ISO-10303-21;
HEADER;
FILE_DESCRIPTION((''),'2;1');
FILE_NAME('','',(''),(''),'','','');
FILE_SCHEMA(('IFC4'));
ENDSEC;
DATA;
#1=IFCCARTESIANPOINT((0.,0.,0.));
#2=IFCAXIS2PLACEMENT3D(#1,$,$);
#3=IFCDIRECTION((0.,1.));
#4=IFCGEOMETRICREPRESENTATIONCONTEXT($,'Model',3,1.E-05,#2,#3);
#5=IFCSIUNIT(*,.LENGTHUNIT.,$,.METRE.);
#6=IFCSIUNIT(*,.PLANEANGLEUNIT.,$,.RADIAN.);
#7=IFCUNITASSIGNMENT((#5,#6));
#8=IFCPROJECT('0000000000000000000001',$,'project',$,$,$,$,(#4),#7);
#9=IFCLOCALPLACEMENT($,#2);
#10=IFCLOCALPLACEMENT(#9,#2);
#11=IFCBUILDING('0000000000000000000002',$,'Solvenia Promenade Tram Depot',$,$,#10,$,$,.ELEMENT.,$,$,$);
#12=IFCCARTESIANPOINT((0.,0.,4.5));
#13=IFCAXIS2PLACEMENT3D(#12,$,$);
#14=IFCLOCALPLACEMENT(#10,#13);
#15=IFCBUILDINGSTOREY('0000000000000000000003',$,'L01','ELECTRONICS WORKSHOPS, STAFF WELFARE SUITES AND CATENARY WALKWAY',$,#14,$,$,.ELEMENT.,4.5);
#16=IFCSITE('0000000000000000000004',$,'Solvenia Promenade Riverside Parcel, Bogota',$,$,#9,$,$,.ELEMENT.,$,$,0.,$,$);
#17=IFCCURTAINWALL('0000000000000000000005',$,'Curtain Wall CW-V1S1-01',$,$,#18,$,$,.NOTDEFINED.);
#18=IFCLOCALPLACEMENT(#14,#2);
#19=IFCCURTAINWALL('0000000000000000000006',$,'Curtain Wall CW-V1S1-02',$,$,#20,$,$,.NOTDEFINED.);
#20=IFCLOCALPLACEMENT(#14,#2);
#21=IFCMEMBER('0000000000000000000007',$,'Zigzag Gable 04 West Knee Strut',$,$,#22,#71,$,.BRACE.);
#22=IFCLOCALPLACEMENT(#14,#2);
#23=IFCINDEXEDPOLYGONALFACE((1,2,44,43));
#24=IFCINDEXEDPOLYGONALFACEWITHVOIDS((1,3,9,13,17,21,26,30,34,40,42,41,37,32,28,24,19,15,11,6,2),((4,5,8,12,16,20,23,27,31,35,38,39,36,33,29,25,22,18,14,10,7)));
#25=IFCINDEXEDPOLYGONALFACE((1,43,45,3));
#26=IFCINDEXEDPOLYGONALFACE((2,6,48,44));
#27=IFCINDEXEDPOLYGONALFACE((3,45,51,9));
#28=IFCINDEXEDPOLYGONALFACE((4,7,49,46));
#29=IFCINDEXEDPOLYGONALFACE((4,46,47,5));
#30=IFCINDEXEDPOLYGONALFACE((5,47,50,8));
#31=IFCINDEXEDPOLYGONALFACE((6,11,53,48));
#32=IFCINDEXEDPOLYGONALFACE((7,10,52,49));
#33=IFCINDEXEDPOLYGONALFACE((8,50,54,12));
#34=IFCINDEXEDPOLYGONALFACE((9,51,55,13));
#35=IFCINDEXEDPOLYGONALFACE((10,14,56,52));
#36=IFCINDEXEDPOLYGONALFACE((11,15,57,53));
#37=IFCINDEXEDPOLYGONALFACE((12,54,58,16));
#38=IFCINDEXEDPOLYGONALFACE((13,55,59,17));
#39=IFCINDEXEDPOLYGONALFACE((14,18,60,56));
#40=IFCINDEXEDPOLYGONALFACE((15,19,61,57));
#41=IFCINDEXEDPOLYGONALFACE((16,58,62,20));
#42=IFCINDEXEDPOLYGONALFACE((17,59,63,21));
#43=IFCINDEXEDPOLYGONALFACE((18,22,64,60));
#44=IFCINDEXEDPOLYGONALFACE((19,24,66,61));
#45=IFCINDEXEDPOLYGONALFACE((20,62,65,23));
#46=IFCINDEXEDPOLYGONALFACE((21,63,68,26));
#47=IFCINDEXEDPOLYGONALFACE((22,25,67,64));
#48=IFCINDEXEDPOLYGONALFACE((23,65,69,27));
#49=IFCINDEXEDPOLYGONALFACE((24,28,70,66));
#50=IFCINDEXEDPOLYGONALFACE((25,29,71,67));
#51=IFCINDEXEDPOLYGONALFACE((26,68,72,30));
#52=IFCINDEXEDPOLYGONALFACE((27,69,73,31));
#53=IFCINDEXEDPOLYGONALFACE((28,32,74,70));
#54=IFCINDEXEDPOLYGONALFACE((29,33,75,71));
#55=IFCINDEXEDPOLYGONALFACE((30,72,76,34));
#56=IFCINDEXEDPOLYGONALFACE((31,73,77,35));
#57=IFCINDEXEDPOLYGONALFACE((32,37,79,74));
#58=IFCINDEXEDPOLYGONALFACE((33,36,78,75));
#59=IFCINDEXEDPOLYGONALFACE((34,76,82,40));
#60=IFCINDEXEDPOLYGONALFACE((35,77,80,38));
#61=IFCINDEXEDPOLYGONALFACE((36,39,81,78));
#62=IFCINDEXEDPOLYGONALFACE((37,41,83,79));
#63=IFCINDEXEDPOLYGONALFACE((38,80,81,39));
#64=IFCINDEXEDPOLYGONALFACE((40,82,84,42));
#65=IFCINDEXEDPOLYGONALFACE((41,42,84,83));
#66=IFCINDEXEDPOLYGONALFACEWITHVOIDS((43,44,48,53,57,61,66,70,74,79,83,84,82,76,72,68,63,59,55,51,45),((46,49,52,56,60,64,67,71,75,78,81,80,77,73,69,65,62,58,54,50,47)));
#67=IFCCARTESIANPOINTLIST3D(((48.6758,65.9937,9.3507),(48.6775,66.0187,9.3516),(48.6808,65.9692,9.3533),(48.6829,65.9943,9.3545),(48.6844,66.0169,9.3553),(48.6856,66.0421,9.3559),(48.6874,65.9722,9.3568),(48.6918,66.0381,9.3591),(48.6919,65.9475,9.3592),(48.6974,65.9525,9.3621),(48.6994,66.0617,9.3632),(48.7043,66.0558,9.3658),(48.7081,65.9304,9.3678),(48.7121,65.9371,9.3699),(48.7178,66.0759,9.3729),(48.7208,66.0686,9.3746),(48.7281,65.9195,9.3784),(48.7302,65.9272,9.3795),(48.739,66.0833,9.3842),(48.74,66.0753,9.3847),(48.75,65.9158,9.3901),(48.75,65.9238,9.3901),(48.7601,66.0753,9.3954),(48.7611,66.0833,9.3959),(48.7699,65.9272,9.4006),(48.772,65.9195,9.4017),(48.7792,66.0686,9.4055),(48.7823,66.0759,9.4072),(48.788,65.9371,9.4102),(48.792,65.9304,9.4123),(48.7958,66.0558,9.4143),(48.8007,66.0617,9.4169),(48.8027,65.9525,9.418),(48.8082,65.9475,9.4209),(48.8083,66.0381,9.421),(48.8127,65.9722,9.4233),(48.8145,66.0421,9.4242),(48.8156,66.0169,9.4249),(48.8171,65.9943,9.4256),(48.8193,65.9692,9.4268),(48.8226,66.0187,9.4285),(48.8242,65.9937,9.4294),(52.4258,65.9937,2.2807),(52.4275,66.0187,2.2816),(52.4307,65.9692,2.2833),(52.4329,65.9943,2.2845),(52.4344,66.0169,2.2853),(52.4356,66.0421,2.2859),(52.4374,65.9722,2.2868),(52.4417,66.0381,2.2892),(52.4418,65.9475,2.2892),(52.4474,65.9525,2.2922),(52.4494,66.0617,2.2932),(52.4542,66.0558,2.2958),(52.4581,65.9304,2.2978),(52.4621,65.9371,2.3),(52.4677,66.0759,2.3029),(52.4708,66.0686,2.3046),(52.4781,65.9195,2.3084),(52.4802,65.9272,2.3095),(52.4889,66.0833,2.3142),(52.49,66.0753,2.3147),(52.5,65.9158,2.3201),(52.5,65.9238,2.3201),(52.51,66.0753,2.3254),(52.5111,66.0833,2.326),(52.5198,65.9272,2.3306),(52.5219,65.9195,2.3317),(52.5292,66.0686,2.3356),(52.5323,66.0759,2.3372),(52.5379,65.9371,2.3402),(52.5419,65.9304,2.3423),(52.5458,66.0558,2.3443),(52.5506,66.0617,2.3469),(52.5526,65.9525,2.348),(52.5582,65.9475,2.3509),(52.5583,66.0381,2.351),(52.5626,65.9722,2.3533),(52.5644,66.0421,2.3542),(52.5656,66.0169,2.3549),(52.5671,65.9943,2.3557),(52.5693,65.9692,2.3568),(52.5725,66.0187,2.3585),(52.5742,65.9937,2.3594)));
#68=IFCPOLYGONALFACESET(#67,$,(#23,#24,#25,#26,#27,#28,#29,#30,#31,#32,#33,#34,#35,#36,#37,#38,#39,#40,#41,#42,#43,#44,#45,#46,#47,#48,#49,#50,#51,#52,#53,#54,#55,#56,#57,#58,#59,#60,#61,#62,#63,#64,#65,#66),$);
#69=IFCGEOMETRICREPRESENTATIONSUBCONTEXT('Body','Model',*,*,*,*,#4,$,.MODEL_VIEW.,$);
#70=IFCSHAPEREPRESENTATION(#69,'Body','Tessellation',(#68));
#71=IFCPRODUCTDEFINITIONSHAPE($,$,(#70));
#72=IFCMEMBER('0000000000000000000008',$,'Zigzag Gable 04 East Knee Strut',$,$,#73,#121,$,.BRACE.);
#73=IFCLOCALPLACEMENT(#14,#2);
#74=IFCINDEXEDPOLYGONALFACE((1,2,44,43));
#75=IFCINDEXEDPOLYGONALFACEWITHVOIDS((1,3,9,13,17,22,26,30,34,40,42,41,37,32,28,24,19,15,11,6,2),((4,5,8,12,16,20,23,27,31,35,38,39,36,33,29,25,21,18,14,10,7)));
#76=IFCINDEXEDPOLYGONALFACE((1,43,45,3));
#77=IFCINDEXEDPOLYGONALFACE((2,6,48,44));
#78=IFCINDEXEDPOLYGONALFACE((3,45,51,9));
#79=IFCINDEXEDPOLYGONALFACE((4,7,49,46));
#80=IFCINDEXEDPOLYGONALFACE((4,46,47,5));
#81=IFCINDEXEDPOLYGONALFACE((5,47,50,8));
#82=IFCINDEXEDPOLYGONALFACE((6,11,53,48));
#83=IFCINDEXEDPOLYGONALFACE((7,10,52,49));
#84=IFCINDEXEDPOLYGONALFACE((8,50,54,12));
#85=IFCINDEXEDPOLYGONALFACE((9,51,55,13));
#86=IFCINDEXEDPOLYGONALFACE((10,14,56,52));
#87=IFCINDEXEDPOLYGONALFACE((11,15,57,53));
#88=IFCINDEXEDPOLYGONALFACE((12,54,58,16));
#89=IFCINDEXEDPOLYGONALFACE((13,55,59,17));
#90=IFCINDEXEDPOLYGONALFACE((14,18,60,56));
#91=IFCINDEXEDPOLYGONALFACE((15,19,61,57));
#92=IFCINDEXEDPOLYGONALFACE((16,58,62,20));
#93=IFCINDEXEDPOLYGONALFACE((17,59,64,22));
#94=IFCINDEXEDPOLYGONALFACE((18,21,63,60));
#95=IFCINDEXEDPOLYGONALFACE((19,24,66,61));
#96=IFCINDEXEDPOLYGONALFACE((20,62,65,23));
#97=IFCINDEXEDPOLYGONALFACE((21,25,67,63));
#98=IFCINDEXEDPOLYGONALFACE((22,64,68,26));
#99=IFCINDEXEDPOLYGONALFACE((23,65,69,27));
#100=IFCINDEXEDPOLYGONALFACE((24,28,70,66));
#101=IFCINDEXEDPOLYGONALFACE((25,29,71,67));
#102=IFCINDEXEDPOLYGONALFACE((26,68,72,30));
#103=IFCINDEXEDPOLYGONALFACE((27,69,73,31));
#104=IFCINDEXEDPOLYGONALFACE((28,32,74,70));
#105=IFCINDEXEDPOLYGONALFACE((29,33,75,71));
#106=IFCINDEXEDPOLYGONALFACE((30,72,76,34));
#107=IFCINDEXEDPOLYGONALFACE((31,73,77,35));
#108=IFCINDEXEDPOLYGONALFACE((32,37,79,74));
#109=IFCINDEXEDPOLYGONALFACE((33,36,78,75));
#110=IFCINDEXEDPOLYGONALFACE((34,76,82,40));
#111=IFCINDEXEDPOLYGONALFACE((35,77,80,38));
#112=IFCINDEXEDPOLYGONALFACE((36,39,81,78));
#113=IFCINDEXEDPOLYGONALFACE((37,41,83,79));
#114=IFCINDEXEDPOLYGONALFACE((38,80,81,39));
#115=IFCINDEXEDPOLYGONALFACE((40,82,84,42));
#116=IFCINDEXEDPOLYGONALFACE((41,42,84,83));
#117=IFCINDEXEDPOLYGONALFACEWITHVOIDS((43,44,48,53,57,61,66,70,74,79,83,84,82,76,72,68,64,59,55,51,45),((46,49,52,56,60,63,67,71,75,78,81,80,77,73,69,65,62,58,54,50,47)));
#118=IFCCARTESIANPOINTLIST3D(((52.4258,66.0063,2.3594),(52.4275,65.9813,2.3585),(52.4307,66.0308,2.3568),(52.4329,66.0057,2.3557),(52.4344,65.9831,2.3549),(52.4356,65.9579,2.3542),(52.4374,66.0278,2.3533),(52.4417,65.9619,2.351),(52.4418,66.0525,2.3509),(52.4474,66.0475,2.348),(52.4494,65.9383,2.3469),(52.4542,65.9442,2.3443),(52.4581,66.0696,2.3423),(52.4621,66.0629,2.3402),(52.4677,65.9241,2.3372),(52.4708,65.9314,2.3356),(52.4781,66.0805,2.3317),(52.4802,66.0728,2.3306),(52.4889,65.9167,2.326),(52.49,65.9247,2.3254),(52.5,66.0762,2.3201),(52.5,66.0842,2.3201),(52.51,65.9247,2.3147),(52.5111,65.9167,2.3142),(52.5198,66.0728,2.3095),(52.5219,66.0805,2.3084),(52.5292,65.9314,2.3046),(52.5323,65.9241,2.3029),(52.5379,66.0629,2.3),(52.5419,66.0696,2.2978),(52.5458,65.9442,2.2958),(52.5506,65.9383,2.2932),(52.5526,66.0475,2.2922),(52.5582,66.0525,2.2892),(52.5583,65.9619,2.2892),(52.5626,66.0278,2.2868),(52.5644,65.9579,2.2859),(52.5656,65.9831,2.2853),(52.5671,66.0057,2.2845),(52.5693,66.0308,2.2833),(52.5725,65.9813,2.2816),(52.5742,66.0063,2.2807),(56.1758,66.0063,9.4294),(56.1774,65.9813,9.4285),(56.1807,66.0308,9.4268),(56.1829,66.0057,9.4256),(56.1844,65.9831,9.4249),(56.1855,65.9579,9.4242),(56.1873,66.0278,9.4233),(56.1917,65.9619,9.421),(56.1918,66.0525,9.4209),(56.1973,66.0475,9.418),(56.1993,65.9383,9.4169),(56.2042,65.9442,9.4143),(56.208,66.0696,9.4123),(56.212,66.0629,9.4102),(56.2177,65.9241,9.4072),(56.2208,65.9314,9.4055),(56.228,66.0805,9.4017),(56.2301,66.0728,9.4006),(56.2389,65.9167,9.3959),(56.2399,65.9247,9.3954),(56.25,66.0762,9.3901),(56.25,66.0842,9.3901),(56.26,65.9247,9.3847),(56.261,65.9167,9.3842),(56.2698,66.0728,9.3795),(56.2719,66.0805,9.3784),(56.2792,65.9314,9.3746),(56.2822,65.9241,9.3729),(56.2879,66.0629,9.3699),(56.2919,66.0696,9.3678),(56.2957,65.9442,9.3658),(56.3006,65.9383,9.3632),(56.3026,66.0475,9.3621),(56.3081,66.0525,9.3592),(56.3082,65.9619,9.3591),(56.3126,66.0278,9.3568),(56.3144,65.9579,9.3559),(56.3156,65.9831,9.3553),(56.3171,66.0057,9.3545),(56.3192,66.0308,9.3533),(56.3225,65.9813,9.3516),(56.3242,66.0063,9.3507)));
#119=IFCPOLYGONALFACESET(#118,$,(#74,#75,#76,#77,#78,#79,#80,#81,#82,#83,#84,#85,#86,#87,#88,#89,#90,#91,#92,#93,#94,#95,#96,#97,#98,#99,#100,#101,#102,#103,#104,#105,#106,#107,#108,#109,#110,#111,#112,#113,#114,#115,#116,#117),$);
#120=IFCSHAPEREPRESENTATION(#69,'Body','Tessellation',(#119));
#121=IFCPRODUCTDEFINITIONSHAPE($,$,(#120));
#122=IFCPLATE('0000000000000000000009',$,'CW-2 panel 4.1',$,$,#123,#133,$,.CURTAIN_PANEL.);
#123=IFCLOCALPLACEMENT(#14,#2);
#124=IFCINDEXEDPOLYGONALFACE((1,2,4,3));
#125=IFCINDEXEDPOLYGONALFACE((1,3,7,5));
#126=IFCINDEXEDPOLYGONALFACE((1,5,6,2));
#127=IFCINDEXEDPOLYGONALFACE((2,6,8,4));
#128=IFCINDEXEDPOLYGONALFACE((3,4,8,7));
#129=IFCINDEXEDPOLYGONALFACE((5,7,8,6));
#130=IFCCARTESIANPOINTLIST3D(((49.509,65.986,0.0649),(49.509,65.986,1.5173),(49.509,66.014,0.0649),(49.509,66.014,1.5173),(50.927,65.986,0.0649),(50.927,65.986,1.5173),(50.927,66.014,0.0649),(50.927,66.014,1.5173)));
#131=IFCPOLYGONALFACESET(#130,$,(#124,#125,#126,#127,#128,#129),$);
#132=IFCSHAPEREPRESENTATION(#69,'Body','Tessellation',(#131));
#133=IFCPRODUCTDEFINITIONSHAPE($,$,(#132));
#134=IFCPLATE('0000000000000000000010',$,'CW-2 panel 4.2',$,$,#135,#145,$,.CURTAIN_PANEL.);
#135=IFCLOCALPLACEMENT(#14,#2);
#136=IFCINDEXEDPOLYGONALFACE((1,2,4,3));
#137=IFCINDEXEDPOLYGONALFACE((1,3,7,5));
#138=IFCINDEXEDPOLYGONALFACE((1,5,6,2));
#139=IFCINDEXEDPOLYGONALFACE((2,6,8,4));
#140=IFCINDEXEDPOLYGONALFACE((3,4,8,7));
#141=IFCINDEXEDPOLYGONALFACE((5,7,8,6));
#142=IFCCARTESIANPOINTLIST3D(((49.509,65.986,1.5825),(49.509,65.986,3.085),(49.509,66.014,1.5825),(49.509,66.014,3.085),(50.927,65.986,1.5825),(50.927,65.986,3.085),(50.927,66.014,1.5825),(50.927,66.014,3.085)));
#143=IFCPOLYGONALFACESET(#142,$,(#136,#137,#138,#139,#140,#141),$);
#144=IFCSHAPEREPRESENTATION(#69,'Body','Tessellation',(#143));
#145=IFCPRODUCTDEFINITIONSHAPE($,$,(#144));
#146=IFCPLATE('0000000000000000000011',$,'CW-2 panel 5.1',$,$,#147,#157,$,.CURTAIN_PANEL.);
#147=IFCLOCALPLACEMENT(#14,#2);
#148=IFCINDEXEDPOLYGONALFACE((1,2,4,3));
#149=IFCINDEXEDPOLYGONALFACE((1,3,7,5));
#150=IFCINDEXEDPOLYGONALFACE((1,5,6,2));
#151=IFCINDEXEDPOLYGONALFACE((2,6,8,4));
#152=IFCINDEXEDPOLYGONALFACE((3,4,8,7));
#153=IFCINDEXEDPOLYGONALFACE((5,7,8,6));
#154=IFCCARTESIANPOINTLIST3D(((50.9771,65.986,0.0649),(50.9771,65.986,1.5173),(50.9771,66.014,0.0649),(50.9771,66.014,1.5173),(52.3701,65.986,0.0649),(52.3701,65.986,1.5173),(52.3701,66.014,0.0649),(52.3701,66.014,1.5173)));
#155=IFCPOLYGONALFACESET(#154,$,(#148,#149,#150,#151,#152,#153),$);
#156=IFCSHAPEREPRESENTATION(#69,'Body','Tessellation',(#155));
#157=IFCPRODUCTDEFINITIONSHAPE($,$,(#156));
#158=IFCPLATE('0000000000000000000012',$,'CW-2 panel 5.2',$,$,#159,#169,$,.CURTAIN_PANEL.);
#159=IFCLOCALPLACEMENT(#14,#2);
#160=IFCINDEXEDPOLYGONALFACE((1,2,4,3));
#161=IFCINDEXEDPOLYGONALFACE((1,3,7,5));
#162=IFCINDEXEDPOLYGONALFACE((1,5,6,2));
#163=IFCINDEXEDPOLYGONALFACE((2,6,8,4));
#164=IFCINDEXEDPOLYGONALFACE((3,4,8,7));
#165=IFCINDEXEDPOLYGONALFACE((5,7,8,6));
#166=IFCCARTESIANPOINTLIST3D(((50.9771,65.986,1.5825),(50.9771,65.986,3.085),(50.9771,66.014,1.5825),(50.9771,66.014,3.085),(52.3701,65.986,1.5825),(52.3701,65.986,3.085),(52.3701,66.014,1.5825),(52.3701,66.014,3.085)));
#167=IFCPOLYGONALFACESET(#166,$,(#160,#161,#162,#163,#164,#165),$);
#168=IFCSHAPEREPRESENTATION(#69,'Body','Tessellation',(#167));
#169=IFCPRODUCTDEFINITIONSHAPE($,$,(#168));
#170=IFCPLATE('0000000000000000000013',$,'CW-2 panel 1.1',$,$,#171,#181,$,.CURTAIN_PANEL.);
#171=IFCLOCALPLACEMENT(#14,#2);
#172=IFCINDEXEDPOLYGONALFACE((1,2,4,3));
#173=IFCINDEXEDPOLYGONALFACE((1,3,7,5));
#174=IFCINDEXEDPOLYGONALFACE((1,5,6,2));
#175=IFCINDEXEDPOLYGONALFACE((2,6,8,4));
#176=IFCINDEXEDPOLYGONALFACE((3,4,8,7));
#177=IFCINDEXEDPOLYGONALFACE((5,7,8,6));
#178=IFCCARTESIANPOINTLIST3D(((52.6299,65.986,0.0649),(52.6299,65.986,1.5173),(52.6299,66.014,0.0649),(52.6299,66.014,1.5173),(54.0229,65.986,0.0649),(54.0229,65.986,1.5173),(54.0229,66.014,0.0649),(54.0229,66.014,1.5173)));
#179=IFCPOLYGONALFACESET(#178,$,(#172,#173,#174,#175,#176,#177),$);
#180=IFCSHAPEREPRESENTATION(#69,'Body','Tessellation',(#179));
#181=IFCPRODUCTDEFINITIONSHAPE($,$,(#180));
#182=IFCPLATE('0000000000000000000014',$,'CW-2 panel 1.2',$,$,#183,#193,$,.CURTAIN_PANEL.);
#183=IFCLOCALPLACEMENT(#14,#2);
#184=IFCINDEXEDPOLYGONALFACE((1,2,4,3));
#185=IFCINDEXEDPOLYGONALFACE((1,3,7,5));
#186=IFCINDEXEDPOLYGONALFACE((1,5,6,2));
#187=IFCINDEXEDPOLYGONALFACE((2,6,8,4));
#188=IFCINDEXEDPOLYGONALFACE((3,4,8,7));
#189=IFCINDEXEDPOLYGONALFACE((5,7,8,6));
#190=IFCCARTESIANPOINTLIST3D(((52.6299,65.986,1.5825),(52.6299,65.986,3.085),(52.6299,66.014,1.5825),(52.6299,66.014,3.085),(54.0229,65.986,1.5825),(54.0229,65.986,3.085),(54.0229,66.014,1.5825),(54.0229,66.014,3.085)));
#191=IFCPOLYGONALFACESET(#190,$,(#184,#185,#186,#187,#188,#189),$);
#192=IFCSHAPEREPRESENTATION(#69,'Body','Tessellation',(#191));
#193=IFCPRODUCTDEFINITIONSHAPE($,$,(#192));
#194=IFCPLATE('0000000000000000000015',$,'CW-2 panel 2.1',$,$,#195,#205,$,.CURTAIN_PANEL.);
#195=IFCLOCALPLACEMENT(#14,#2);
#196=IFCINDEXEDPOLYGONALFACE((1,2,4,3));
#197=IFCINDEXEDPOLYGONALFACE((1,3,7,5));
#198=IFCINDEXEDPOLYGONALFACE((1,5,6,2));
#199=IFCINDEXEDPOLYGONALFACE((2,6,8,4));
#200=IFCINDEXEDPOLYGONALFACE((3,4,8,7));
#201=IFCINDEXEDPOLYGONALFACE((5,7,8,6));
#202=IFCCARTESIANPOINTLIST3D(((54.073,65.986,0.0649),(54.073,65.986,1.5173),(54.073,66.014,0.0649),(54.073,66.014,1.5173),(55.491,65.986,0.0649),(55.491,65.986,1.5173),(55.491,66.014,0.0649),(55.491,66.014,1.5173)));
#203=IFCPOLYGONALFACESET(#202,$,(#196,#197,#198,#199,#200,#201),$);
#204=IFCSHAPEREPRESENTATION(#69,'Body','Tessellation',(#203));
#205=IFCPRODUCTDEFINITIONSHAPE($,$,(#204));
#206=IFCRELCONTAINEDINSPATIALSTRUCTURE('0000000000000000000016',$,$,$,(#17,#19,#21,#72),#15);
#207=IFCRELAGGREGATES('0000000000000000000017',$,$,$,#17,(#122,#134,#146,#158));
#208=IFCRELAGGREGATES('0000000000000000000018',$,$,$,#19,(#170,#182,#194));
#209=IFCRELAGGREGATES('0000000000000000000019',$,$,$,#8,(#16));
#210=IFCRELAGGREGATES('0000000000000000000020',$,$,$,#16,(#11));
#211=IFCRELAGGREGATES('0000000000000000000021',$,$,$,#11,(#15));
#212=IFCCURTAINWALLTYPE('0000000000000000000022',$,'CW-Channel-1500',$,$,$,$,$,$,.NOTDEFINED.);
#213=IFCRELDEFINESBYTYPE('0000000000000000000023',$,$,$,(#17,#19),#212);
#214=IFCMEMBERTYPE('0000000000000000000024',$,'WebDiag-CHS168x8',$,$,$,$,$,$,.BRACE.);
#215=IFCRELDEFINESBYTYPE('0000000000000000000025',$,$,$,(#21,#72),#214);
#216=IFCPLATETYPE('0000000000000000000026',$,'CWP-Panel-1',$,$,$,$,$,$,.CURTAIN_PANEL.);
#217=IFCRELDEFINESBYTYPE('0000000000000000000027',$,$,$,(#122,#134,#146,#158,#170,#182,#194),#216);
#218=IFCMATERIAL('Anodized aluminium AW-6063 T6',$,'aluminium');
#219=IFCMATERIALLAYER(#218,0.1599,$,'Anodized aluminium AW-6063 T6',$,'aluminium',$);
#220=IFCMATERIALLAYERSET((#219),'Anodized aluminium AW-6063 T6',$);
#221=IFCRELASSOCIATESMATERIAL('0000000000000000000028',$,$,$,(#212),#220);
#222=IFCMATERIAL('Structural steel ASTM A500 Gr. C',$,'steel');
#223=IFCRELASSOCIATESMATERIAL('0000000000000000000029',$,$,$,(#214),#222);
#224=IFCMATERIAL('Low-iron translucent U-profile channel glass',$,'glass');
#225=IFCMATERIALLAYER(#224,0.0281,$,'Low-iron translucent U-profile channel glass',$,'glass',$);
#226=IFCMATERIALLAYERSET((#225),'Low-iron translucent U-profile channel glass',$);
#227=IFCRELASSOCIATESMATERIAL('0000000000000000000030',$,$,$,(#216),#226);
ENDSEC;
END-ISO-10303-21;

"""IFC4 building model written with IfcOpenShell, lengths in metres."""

from ifc_helpers import new_model, si_unit, direction, frame, origin, origin_2d, place, context, subcontext, project, spatial, rectangle, hollow_circle, extrude, material, layer, layer_set, material_profile, profile_set, type_object, element, aggregate, save


model = new_model("IFC4")

# Units and contexts
model_context = context("Model", 3, precision=1e-05, world=origin(), true_north=direction((0.0, 1.0)))
body_context = subcontext(model_context, "Body", "Model", "MODEL_VIEW")
ifc_project = project(units=[si_unit("LENGTHUNIT", "METRE"), si_unit("PLANEANGLEUNIT", "RADIAN")], contexts=[model_context])

# Site, building, storey
site_placement = place(None, origin())
site = spatial("IfcSite", under=ifc_project, at=site_placement, Name="Solvenia Promenade Riverside Parcel, Bogota", CompositionType="ELEMENT", RefElevation=0.0)
building_placement = place(site_placement, origin())
building = spatial("IfcBuilding", under=site, at=building_placement, Name="Solvenia Promenade Tram Depot", CompositionType="ELEMENT")
storey_placement = place(building_placement, frame((0.0, 0.0, 4.5)))
storey = spatial("IfcBuildingStorey", under=building, at=storey_placement, Name="L01", Description="ELECTRONICS WORKSHOPS, STAFF WELFARE SUITES AND CATENARY WALKWAY", CompositionType="ELEMENT", Elevation=4.5)

# Shared definitions
ifc_material_1 = material(Name="Structural steel ASTM A500 Gr. C", Category="steel")

# Curtain walls
ifc_material_2 = material(Name="Anodized aluminium AW-6063 T6", Category="aluminium")
ifc_layer_1 = layer(ifc_material_2, 0.1599, Name="Anodized aluminium AW-6063 T6", Category="aluminium")
ifc_layer_set_1 = layer_set([ifc_layer_1], Name="Anodized aluminium AW-6063 T6")
curtain_wall_type = type_object("IfcCurtainWallType", Name="CW-Channel-1500", PredefinedType="NOTDEFINED", material=ifc_layer_set_1)
curtain_wall_1_placement = place(storey_placement, origin())
curtain_wall_1 = element("IfcCurtainWall", 1, at=curtain_wall_1_placement, inside=storey, type_object=curtain_wall_type, Name="Curtain Wall CW-V1S1-01", PredefinedType="NOTDEFINED")
curtain_wall_2_placement = place(storey_placement, origin())
curtain_wall_2 = element("IfcCurtainWall", 2, at=curtain_wall_2_placement, inside=storey, type_object=curtain_wall_type, Name="Curtain Wall CW-V1S1-02", PredefinedType="NOTDEFINED")

# Members
ifc_material_profile_1 = material_profile(ifc_material_1, hollow_circle(Radius=0.0842, WallThickness=0.0081, at=origin_2d()), Name="CHS168.3x8", Category="steel")
ifc_profile_set_1 = profile_set([ifc_material_profile_1], Name="Structural steel ASTM A500 Gr. C")
member_type_1 = type_object("IfcMemberType", Name="WebDiag-CHS168x8", PredefinedType="BRACE", material=ifc_profile_set_1)
for number, where, z_axis, x_axis, name in (
    (3, (52.5, 66.0, 2.3201), (-0.468573, 0.0, 0.883425), (0.0, -1.0, 0.0), "Zigzag Gable 04 West Knee Strut"),
    (4, (52.5, 66.0, 2.3201), (0.468573, 0.0, 0.883425), (0.0, 1.0, 0.0), "Zigzag Gable 04 East Knee Strut"),
):
    element("IfcMember", number, at=place(storey_placement, frame(where, z_axis=z_axis, x_axis=x_axis)), inside=storey, type_object=member_type_1, Name=name, PredefinedType="BRACE", context=body_context, shape_type="SweptSolid", body=[
        extrude(hollow_circle(Radius=0.0842, WallThickness=0.0081, at=origin_2d()), origin(), (0.0, 0.0, 1.0), 8.0029),
    ])

# Plates
ifc_material_3 = material(Name="Low-iron translucent U-profile channel glass", Category="glass")
ifc_layer_2 = layer(ifc_material_3, 0.0281, Name="Low-iron translucent U-profile channel glass", Category="glass")
ifc_layer_set_2 = layer_set([ifc_layer_2], Name="Low-iron translucent U-profile channel glass")
plate_type = type_object("IfcPlateType", Name="CWP-Panel-1", PredefinedType="CURTAIN_PANEL", material=ifc_layer_set_2)
plate_1_placement = place(storey_placement, frame((50.218, 66.0, 0.0649), z_axis=(0.0, 0.0, 1.0), x_axis=(1.0, 0.0, 0.0)))
plate_1 = element("IfcPlate", 5, at=plate_1_placement, type_object=plate_type, Name="CW-2 panel 4.1", PredefinedType="CURTAIN_PANEL", context=body_context, shape_type="SweptSolid", body=[
    extrude(rectangle(XDim=1.418, YDim=0.0281, at=origin_2d()), origin(), (0.0, 0.0, 1.0), 1.4524),
])
plate_2_placement = place(storey_placement, frame((50.218, 66.0, 1.5825), z_axis=(0.0, 0.0, 1.0), x_axis=(1.0, 0.0, 0.0)))
plate_2 = element("IfcPlate", 6, at=plate_2_placement, type_object=plate_type, Name="CW-2 panel 4.2", PredefinedType="CURTAIN_PANEL", context=body_context, shape_type="SweptSolid", body=[
    extrude(rectangle(XDim=1.418, YDim=0.0281, at=origin_2d()), origin(), (0.0, 0.0, 1.0), 1.5024),
])
plate_3_placement = place(storey_placement, frame((51.6736, 66.0, 0.0649), z_axis=(0.0, 0.0, 1.0), x_axis=(1.0, 0.0, 0.0)))
plate_3 = element("IfcPlate", 7, at=plate_3_placement, type_object=plate_type, Name="CW-2 panel 5.1", PredefinedType="CURTAIN_PANEL", context=body_context, shape_type="SweptSolid", body=[
    extrude(rectangle(XDim=1.3931, YDim=0.0281, at=origin_2d()), origin(), (0.0, 0.0, 1.0), 1.4524),
])
plate_4_placement = place(storey_placement, frame((51.6736, 66.0, 1.5825), z_axis=(0.0, 0.0, 1.0), x_axis=(1.0, 0.0, 0.0)))
plate_4 = element("IfcPlate", 8, at=plate_4_placement, type_object=plate_type, Name="CW-2 panel 5.2", PredefinedType="CURTAIN_PANEL", context=body_context, shape_type="SweptSolid", body=[
    extrude(rectangle(XDim=1.3931, YDim=0.0281, at=origin_2d()), origin(), (0.0, 0.0, 1.0), 1.5024),
])
aggregate(curtain_wall_1, [plate_1, plate_2, plate_3, plate_4])
plate_5_placement = place(storey_placement, frame((53.3264, 66.0, 0.0649), z_axis=(0.0, 0.0, 1.0), x_axis=(1.0, 0.0, 0.0)))
plate_5 = element("IfcPlate", 9, at=plate_5_placement, type_object=plate_type, Name="CW-2 panel 1.1", PredefinedType="CURTAIN_PANEL", context=body_context, shape_type="SweptSolid", body=[
    extrude(rectangle(XDim=1.3931, YDim=0.0281, at=origin_2d()), origin(), (0.0, 0.0, 1.0), 1.4524),
])
plate_6_placement = place(storey_placement, frame((53.3264, 66.0, 1.5825), z_axis=(0.0, 0.0, 1.0), x_axis=(1.0, 0.0, 0.0)))
plate_6 = element("IfcPlate", 10, at=plate_6_placement, type_object=plate_type, Name="CW-2 panel 1.2", PredefinedType="CURTAIN_PANEL", context=body_context, shape_type="SweptSolid", body=[
    extrude(rectangle(XDim=1.3931, YDim=0.0281, at=origin_2d()), origin(), (0.0, 0.0, 1.0), 1.5024),
])
plate_7_placement = place(storey_placement, frame((54.782, 66.0, 0.0649), z_axis=(0.0, 0.0, 1.0), x_axis=(1.0, 0.0, 0.0)))
plate_7 = element("IfcPlate", 11, at=plate_7_placement, type_object=plate_type, Name="CW-2 panel 2.1", PredefinedType="CURTAIN_PANEL", context=body_context, shape_type="SweptSolid", body=[
    extrude(rectangle(XDim=1.418, YDim=0.0281, at=origin_2d()), origin(), (0.0, 0.0, 1.0), 1.4524),
])
aggregate(curtain_wall_2, [plate_5, plate_6, plate_7])

save(model, "model.ifc")
